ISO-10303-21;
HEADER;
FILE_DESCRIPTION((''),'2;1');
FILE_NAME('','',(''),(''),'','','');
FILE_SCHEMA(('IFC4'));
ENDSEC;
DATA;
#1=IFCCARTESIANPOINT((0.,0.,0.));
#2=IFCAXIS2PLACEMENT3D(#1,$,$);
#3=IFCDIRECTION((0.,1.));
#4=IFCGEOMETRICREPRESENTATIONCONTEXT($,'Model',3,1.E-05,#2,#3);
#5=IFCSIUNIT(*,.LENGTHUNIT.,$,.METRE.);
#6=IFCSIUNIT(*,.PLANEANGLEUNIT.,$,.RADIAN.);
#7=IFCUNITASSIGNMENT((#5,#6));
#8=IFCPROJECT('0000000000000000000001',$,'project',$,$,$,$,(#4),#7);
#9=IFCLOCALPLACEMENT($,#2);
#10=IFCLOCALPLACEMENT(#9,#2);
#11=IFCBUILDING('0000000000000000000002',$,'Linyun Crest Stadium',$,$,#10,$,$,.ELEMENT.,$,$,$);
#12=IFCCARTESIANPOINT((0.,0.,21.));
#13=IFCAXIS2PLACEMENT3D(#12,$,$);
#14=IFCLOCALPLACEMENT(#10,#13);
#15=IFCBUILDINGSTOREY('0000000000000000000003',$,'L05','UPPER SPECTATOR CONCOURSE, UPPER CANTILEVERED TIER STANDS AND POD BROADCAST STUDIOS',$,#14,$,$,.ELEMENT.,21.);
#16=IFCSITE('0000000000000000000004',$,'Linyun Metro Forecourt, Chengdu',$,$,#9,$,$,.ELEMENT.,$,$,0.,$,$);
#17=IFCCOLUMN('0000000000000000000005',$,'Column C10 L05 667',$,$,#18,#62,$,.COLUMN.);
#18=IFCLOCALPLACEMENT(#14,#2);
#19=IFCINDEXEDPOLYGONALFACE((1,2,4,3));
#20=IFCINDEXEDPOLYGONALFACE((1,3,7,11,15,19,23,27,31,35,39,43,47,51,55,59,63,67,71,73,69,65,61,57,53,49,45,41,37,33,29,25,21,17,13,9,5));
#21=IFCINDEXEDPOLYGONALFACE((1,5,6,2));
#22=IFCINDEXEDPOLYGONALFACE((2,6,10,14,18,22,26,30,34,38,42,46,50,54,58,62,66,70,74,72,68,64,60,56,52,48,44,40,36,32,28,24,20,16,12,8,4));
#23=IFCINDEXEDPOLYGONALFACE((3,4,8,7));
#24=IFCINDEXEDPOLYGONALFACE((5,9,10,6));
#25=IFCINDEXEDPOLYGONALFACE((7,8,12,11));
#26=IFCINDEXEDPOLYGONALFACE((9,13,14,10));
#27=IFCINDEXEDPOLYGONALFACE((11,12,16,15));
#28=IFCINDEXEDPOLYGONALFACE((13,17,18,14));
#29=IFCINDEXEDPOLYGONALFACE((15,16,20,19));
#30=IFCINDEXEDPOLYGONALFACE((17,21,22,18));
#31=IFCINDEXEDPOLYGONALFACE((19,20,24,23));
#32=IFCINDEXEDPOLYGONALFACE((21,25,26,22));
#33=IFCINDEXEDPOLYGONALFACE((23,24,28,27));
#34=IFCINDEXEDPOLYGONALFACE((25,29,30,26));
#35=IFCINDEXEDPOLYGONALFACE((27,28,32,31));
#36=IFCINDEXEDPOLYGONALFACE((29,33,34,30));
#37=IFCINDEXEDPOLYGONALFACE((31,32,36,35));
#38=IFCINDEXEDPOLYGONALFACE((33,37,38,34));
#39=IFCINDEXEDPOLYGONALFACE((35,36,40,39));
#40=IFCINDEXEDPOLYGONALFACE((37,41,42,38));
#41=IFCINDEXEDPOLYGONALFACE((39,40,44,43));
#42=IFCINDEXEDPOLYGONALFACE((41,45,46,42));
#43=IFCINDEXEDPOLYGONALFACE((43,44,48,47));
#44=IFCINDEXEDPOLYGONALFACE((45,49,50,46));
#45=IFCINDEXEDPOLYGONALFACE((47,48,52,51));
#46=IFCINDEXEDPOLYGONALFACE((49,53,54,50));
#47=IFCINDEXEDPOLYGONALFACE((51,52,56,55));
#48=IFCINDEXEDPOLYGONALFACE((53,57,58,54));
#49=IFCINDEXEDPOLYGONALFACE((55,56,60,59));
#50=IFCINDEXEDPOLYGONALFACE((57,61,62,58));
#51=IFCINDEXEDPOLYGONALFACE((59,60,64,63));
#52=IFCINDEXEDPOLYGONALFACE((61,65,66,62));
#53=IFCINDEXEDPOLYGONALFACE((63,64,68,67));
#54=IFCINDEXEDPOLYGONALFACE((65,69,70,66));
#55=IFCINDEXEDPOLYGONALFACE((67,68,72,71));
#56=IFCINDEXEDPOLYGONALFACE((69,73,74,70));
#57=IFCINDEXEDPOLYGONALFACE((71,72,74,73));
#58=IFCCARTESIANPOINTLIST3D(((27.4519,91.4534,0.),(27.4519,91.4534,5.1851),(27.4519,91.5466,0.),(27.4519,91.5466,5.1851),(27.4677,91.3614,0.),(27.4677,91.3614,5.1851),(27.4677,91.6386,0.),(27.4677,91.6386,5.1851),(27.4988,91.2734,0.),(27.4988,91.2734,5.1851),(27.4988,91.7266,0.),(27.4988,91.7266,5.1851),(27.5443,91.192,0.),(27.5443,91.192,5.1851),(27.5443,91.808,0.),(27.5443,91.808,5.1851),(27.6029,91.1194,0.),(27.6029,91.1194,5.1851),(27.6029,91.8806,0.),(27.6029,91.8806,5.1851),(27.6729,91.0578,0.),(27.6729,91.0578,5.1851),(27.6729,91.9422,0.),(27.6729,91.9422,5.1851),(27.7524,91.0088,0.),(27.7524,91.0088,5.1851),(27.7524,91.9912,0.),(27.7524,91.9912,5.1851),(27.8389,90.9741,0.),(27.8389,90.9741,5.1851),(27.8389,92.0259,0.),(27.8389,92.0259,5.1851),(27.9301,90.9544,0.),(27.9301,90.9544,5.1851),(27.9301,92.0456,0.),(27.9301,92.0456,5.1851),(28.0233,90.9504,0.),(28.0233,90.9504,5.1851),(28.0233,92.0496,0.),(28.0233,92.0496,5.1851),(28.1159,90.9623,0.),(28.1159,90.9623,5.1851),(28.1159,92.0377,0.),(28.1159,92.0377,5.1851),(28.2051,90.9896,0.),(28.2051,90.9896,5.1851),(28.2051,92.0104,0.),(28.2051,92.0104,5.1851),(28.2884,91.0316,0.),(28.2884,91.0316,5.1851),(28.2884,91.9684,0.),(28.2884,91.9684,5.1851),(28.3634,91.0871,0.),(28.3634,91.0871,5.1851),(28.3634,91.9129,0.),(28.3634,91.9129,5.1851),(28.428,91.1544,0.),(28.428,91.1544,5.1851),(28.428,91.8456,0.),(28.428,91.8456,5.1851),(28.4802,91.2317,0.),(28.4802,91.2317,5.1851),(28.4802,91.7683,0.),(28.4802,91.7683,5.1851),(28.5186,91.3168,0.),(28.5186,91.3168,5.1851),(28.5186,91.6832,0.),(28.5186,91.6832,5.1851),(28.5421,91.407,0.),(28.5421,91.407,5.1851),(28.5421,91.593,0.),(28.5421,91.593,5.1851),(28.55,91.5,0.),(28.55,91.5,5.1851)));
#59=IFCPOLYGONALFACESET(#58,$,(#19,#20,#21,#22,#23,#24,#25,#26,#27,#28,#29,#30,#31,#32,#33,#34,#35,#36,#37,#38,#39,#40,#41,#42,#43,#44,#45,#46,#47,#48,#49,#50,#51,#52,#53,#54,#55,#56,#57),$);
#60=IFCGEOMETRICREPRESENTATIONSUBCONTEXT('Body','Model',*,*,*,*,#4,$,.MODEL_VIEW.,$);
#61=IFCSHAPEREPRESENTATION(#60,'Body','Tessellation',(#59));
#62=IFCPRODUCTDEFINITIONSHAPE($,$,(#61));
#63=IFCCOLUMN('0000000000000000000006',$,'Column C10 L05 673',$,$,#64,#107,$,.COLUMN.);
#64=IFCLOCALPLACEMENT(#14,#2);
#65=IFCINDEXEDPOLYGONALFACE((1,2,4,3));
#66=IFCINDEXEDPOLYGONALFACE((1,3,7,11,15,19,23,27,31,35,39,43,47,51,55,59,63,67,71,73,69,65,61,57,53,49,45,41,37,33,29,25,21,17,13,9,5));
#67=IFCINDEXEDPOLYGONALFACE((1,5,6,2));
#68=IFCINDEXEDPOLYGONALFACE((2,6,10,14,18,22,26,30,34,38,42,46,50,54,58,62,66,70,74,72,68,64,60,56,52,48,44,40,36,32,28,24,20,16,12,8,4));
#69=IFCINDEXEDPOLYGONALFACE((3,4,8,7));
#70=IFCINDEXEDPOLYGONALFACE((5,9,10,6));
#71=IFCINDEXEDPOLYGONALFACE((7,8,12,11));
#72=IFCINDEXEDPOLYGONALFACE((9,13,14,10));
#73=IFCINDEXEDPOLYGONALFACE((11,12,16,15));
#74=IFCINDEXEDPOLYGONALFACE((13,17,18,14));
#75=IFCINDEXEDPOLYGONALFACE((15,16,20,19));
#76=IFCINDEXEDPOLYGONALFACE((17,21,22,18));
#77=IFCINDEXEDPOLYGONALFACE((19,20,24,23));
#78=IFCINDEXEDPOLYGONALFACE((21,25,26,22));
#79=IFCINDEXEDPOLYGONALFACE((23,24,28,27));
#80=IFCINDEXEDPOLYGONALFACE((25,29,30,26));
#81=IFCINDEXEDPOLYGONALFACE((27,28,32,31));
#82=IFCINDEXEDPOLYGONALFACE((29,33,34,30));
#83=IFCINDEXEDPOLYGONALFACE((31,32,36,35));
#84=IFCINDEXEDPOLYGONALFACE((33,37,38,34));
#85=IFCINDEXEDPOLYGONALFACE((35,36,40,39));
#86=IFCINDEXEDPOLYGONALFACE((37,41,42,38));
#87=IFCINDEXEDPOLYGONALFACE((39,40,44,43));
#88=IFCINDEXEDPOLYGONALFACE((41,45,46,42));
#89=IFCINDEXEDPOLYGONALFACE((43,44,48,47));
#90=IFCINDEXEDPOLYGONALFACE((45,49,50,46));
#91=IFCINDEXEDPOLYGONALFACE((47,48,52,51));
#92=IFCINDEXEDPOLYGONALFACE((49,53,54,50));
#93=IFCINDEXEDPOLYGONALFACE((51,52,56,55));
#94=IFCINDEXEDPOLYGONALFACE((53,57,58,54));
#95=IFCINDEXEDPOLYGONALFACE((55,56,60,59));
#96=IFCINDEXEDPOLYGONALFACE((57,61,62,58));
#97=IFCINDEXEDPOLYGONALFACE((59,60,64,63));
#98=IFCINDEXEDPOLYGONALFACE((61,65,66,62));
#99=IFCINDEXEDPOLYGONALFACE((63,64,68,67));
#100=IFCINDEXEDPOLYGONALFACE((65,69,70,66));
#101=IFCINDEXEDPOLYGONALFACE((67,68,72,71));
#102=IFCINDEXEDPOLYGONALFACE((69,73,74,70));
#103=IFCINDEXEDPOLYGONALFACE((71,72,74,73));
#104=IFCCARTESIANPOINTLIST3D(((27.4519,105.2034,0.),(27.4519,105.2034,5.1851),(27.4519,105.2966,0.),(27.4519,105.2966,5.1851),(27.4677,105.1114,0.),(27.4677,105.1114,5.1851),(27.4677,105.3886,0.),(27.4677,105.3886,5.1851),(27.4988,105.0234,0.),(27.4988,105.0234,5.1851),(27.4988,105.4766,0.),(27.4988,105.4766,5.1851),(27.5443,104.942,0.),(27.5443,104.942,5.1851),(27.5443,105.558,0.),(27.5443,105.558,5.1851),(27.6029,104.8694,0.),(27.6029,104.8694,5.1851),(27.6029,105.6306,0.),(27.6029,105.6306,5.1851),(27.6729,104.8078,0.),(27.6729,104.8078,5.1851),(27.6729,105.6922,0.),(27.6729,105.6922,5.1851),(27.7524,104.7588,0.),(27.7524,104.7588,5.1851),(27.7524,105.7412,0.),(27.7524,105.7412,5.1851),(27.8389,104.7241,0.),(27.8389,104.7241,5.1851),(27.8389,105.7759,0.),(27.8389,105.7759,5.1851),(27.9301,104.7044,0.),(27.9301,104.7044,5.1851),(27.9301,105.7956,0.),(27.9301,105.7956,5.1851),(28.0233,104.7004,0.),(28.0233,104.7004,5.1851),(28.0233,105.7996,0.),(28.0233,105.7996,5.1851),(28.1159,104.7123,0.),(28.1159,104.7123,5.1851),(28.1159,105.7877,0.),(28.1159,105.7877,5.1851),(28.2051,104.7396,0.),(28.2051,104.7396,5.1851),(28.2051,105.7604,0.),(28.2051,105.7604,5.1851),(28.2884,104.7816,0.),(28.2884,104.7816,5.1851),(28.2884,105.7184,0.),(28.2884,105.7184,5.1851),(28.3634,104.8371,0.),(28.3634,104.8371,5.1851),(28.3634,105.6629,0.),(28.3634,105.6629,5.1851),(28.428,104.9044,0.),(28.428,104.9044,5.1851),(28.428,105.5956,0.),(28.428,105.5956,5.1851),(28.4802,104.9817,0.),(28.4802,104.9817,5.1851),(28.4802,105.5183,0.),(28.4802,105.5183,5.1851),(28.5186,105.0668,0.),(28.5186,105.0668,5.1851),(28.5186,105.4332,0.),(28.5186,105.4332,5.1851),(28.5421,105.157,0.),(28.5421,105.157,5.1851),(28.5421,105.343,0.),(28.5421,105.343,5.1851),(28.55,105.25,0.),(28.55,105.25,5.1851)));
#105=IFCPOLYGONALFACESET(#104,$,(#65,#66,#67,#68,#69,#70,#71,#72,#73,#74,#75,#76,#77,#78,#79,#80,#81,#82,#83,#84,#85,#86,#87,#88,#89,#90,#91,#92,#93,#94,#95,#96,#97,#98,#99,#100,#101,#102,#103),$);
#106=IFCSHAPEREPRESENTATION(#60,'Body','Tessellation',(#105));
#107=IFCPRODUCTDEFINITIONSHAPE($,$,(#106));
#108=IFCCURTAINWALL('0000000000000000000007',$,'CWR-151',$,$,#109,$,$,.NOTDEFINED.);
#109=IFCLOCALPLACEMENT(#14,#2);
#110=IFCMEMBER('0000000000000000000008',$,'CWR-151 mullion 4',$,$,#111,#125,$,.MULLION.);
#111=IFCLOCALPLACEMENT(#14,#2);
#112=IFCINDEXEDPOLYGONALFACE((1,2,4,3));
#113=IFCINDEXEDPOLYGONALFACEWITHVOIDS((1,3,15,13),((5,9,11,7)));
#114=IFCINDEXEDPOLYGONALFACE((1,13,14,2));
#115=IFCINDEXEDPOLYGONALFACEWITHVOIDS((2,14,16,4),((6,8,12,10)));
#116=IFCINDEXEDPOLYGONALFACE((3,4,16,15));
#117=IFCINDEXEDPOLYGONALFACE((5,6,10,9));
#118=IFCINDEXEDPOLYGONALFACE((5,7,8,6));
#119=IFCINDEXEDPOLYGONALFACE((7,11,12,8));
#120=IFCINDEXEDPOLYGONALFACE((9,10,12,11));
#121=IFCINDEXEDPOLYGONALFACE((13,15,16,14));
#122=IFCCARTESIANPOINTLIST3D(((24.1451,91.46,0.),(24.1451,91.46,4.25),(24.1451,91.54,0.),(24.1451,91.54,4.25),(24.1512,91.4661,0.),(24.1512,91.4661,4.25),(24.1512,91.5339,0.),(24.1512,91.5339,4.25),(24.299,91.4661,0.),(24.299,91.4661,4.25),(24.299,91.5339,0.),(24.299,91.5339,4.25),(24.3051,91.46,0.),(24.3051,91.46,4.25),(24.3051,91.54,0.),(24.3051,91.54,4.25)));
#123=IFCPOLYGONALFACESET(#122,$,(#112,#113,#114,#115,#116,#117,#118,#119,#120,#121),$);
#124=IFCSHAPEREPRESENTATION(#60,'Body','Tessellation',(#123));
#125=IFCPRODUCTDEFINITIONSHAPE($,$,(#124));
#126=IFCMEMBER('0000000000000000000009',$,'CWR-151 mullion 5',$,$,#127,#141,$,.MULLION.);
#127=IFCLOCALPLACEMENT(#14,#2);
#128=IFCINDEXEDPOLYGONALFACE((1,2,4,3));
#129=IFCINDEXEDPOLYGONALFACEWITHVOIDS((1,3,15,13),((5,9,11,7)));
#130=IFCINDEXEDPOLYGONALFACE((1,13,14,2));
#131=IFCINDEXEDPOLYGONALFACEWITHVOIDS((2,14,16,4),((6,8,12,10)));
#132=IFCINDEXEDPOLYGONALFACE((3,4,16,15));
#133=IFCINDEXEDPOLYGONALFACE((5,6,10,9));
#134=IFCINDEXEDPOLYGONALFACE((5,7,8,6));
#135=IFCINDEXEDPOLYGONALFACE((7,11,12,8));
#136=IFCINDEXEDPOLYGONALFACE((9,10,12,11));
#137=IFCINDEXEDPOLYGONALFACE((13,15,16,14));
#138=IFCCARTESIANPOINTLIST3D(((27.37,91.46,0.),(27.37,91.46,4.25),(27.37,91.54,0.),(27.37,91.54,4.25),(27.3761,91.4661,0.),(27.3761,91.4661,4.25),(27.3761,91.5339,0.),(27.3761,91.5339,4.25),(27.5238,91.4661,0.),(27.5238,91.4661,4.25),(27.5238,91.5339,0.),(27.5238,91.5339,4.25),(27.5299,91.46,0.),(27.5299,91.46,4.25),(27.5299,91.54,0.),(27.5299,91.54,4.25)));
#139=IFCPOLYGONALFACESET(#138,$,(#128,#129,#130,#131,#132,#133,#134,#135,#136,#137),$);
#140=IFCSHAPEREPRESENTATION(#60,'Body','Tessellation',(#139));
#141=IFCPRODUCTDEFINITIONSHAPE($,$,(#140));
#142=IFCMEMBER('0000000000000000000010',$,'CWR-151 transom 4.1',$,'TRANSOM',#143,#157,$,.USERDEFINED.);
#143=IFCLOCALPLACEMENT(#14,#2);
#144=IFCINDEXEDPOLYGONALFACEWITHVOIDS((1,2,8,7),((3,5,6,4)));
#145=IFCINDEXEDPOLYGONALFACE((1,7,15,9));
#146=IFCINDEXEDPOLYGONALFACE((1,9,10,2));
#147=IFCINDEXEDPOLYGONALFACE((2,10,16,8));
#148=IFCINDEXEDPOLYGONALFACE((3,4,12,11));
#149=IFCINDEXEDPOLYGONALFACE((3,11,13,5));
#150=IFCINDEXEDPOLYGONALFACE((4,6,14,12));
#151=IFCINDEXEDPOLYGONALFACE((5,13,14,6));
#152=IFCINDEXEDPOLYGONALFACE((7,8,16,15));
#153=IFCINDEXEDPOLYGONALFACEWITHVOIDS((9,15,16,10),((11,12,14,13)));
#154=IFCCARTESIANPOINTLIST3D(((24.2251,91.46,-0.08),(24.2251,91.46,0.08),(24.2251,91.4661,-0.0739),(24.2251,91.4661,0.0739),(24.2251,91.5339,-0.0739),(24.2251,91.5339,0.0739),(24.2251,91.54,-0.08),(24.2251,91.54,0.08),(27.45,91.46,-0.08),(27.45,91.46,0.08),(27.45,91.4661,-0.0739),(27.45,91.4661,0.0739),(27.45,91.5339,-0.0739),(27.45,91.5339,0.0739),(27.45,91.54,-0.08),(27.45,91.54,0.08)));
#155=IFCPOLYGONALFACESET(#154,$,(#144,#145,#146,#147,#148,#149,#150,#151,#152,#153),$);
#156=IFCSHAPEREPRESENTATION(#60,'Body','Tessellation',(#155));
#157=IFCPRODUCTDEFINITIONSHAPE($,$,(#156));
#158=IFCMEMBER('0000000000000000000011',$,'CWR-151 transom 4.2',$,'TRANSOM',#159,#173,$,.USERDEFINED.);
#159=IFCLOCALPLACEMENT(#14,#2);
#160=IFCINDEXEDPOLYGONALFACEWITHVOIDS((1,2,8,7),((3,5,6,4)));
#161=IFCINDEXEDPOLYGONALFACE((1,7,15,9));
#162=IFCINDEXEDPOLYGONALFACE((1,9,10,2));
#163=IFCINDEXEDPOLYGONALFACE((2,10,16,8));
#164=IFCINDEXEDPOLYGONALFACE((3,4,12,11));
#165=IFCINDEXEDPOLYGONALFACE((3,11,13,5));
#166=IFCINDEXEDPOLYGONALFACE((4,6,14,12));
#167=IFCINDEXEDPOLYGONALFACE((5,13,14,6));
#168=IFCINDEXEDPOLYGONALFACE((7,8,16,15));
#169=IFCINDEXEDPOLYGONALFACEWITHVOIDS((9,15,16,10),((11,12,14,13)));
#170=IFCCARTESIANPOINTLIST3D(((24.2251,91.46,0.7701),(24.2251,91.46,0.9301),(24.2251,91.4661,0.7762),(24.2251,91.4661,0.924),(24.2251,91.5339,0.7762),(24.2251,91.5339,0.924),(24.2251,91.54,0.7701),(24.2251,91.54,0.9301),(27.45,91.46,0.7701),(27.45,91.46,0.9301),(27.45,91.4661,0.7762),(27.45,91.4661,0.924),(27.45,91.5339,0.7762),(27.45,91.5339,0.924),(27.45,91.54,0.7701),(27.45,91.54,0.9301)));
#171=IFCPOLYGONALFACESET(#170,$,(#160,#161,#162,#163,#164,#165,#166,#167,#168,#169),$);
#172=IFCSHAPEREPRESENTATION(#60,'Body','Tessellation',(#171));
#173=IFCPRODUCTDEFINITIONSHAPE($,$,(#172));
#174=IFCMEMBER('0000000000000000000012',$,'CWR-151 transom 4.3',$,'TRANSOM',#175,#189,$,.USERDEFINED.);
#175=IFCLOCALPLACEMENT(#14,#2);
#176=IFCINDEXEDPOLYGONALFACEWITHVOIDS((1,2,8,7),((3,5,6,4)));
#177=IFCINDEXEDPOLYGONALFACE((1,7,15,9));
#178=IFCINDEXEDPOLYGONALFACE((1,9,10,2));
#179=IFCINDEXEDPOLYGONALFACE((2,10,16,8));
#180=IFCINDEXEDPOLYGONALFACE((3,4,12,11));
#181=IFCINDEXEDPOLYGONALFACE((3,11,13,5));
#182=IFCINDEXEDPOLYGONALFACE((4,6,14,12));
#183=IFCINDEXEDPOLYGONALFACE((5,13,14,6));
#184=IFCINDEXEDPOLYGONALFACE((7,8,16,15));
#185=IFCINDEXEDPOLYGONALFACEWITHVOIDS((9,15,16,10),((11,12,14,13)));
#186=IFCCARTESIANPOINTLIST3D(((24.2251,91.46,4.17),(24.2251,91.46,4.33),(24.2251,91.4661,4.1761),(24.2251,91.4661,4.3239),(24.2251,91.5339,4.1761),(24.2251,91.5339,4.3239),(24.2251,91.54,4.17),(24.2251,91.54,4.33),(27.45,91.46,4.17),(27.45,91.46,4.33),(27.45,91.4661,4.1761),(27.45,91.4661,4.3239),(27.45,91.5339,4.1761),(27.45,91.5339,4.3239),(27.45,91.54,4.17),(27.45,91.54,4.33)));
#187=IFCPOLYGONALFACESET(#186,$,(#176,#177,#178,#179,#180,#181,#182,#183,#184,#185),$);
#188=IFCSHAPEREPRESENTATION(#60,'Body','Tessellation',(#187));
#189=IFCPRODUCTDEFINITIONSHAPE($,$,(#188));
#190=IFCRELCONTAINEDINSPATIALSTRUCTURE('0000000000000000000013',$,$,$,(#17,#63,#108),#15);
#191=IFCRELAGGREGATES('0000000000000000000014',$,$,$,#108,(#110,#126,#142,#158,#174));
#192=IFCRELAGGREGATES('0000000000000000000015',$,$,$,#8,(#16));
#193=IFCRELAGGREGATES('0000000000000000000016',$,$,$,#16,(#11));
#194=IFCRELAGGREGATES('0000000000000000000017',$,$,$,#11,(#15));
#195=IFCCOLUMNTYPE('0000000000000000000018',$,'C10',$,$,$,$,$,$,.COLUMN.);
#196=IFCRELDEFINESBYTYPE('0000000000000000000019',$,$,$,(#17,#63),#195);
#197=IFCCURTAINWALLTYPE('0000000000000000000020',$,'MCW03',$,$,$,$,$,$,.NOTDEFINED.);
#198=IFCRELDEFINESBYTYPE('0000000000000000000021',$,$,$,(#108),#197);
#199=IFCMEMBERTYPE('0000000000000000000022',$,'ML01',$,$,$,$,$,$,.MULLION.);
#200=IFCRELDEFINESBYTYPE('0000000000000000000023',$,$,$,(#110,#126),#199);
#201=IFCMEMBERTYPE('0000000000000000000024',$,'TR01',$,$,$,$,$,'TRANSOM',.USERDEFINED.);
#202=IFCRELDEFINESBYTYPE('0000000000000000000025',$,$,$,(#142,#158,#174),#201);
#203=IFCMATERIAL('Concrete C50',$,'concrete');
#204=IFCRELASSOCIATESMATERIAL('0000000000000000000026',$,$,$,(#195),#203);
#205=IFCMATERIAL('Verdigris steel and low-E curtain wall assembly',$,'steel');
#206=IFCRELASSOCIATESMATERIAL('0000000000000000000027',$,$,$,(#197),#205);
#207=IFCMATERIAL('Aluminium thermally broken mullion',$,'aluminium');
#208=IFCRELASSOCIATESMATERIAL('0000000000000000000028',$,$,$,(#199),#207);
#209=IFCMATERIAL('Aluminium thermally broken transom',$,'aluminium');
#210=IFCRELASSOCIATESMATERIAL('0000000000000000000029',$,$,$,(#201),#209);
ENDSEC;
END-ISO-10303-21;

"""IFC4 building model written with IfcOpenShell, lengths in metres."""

from ifc_helpers import new_model, si_unit, direction, frame, origin, origin_2d, place, context, subcontext, project, spatial, hollow_rectangle, circle, extrude, material, material_profile, profile_set, type_object, element, aggregate, save


model = new_model("IFC4")

# Units and contexts
model_context = context("Model", 3, precision=1e-05, world=origin(), true_north=direction((0.0, 1.0)))
body_context = subcontext(model_context, "Body", "Model", "MODEL_VIEW")
ifc_project = project(units=[si_unit("LENGTHUNIT", "METRE"), si_unit("PLANEANGLEUNIT", "RADIAN")], contexts=[model_context])

# Site, building, storey
site_placement = place(None, origin())
site = spatial("IfcSite", under=ifc_project, at=site_placement, Name="Linyun Metro Forecourt, Chengdu", CompositionType="ELEMENT", RefElevation=0.0)
building_placement = place(site_placement, origin())
building = spatial("IfcBuilding", under=site, at=building_placement, Name="Linyun Crest Stadium", CompositionType="ELEMENT")
storey_placement = place(building_placement, frame((0.0, 0.0, 21.0)))
storey = spatial("IfcBuildingStorey", under=building, at=storey_placement, Name="L05", Description="UPPER SPECTATOR CONCOURSE, UPPER CANTILEVERED TIER STANDS AND POD BROADCAST STUDIOS", CompositionType="ELEMENT", Elevation=21.0)

# Columns
ifc_material_1 = material(Name="Concrete C50", Category="concrete")
ifc_material_profile_1 = material_profile(ifc_material_1, circle(Radius=0.55, at=origin_2d()), Name="RC D1100")
ifc_profile_set_1 = profile_set([ifc_material_profile_1], Name="Concrete C50")
column_type = type_object("IfcColumnType", Name="C10", PredefinedType="COLUMN", material=ifc_profile_set_1)
for number, where, z_axis, x_axis, name in (
    (1, (28.0, 91.5, 0.0), (0.0, 0.0, 1.0), (1.0, 0.0, 0.0), "Column C10 L05 667"),
    (2, (28.0, 105.25, 0.0), (0.0, 0.0, 1.0), (1.0, 0.0, 0.0), "Column C10 L05 673"),
):
    element("IfcColumn", number, at=place(storey_placement, frame(where, z_axis=z_axis, x_axis=x_axis)), inside=storey, type_object=column_type, Name=name, PredefinedType="COLUMN", context=body_context, shape_type="SweptSolid", body=[
        extrude(circle(Radius=0.55, at=origin_2d()), origin(), (0.0, 0.0, 1.0), 5.1851),
    ])

# Curtain wall, members
ifc_material_2 = material(Name="Verdigris steel and low-E curtain wall assembly", Category="steel")
curtain_wall_type = type_object("IfcCurtainWallType", Name="MCW03", PredefinedType="NOTDEFINED", material=ifc_material_2)
curtain_wall_placement = place(storey_placement, origin())
curtain_wall = element("IfcCurtainWall", 3, at=curtain_wall_placement, inside=storey, type_object=curtain_wall_type, Name="CWR-151", PredefinedType="NOTDEFINED")
ifc_material_3 = material(Name="Aluminium thermally broken mullion", Category="aluminium")
ifc_material_profile_2 = material_profile(ifc_material_3, hollow_rectangle(XDim=0.0801, YDim=0.1599, WallThickness=0.0061, at=origin_2d()), Name="RHS 160x80x6")
ifc_profile_set_2 = profile_set([ifc_material_profile_2], Name="Aluminium thermally broken mullion")
member_type_1 = type_object("IfcMemberType", Name="ML01", PredefinedType="MULLION", material=ifc_profile_set_2)
member_1_placement = place(storey_placement, frame((24.2251, 91.5, 0.0), z_axis=(0.0, 0.0, 1.0), x_axis=(0.0, 1.0, 0.0)))
member_1 = element("IfcMember", 4, at=member_1_placement, type_object=member_type_1, Name="CWR-151 mullion 4", PredefinedType="MULLION", context=body_context, shape_type="SweptSolid", body=[
    extrude(hollow_rectangle(XDim=0.0801, YDim=0.1599, WallThickness=0.0061, at=origin_2d()), origin(), (0.0, 0.0, 1.0), 4.25),
])
member_2_placement = place(storey_placement, frame((27.45, 91.5, 0.0), z_axis=(0.0, 0.0, 1.0), x_axis=(0.0, 1.0, 0.0)))
member_2 = element("IfcMember", 5, at=member_2_placement, type_object=member_type_1, Name="CWR-151 mullion 5", PredefinedType="MULLION", context=body_context, shape_type="SweptSolid", body=[
    extrude(hollow_rectangle(XDim=0.0801, YDim=0.1599, WallThickness=0.0061, at=origin_2d()), origin(), (0.0, 0.0, 1.0), 4.25),
])
ifc_material_4 = material(Name="Aluminium thermally broken transom", Category="aluminium")
ifc_material_profile_3 = material_profile(ifc_material_4, hollow_rectangle(XDim=0.0801, YDim=0.1599, WallThickness=0.0061, at=origin_2d()), Name="RHS 160x80x6")
ifc_profile_set_3 = profile_set([ifc_material_profile_3], Name="Aluminium thermally broken transom")
member_type_2 = type_object("IfcMemberType", Name="TR01", ElementType="TRANSOM", PredefinedType="USERDEFINED", material=ifc_profile_set_3)
member_3_placement = place(storey_placement, frame((24.2251, 91.5, 0.0), z_axis=(1.0, 0.0, 0.0), x_axis=(0.0, 1.0, 0.0)))
member_3 = element("IfcMember", 6, at=member_3_placement, type_object=member_type_2, Name="CWR-151 transom 4.1", ObjectType="TRANSOM", PredefinedType="USERDEFINED", context=body_context, shape_type="SweptSolid", body=[
    extrude(hollow_rectangle(XDim=0.0801, YDim=0.1599, WallThickness=0.0061, at=origin_2d()), origin(), (0.0, 0.0, 1.0), 3.2249),
])
member_4_placement = place(storey_placement, frame((24.2251, 91.5, 0.8501), z_axis=(1.0, 0.0, 0.0), x_axis=(0.0, 1.0, 0.0)))
member_4 = element("IfcMember", 7, at=member_4_placement, type_object=member_type_2, Name="CWR-151 transom 4.2", ObjectType="TRANSOM", PredefinedType="USERDEFINED", context=body_context, shape_type="SweptSolid", body=[
    extrude(hollow_rectangle(XDim=0.0801, YDim=0.1599, WallThickness=0.0061, at=origin_2d()), origin(), (0.0, 0.0, 1.0), 3.2249),
])
member_5_placement = place(storey_placement, frame((24.2251, 91.5, 4.25), z_axis=(1.0, 0.0, 0.0), x_axis=(0.0, 1.0, 0.0)))
member_5 = element("IfcMember", 8, at=member_5_placement, type_object=member_type_2, Name="CWR-151 transom 4.3", ObjectType="TRANSOM", PredefinedType="USERDEFINED", context=body_context, shape_type="SweptSolid", body=[
    extrude(hollow_rectangle(XDim=0.0801, YDim=0.1599, WallThickness=0.0061, at=origin_2d()), origin(), (0.0, 0.0, 1.0), 3.2249),
])
aggregate(curtain_wall, [member_1, member_2, member_3, member_4, member_5])

save(model, "model.ifc")
